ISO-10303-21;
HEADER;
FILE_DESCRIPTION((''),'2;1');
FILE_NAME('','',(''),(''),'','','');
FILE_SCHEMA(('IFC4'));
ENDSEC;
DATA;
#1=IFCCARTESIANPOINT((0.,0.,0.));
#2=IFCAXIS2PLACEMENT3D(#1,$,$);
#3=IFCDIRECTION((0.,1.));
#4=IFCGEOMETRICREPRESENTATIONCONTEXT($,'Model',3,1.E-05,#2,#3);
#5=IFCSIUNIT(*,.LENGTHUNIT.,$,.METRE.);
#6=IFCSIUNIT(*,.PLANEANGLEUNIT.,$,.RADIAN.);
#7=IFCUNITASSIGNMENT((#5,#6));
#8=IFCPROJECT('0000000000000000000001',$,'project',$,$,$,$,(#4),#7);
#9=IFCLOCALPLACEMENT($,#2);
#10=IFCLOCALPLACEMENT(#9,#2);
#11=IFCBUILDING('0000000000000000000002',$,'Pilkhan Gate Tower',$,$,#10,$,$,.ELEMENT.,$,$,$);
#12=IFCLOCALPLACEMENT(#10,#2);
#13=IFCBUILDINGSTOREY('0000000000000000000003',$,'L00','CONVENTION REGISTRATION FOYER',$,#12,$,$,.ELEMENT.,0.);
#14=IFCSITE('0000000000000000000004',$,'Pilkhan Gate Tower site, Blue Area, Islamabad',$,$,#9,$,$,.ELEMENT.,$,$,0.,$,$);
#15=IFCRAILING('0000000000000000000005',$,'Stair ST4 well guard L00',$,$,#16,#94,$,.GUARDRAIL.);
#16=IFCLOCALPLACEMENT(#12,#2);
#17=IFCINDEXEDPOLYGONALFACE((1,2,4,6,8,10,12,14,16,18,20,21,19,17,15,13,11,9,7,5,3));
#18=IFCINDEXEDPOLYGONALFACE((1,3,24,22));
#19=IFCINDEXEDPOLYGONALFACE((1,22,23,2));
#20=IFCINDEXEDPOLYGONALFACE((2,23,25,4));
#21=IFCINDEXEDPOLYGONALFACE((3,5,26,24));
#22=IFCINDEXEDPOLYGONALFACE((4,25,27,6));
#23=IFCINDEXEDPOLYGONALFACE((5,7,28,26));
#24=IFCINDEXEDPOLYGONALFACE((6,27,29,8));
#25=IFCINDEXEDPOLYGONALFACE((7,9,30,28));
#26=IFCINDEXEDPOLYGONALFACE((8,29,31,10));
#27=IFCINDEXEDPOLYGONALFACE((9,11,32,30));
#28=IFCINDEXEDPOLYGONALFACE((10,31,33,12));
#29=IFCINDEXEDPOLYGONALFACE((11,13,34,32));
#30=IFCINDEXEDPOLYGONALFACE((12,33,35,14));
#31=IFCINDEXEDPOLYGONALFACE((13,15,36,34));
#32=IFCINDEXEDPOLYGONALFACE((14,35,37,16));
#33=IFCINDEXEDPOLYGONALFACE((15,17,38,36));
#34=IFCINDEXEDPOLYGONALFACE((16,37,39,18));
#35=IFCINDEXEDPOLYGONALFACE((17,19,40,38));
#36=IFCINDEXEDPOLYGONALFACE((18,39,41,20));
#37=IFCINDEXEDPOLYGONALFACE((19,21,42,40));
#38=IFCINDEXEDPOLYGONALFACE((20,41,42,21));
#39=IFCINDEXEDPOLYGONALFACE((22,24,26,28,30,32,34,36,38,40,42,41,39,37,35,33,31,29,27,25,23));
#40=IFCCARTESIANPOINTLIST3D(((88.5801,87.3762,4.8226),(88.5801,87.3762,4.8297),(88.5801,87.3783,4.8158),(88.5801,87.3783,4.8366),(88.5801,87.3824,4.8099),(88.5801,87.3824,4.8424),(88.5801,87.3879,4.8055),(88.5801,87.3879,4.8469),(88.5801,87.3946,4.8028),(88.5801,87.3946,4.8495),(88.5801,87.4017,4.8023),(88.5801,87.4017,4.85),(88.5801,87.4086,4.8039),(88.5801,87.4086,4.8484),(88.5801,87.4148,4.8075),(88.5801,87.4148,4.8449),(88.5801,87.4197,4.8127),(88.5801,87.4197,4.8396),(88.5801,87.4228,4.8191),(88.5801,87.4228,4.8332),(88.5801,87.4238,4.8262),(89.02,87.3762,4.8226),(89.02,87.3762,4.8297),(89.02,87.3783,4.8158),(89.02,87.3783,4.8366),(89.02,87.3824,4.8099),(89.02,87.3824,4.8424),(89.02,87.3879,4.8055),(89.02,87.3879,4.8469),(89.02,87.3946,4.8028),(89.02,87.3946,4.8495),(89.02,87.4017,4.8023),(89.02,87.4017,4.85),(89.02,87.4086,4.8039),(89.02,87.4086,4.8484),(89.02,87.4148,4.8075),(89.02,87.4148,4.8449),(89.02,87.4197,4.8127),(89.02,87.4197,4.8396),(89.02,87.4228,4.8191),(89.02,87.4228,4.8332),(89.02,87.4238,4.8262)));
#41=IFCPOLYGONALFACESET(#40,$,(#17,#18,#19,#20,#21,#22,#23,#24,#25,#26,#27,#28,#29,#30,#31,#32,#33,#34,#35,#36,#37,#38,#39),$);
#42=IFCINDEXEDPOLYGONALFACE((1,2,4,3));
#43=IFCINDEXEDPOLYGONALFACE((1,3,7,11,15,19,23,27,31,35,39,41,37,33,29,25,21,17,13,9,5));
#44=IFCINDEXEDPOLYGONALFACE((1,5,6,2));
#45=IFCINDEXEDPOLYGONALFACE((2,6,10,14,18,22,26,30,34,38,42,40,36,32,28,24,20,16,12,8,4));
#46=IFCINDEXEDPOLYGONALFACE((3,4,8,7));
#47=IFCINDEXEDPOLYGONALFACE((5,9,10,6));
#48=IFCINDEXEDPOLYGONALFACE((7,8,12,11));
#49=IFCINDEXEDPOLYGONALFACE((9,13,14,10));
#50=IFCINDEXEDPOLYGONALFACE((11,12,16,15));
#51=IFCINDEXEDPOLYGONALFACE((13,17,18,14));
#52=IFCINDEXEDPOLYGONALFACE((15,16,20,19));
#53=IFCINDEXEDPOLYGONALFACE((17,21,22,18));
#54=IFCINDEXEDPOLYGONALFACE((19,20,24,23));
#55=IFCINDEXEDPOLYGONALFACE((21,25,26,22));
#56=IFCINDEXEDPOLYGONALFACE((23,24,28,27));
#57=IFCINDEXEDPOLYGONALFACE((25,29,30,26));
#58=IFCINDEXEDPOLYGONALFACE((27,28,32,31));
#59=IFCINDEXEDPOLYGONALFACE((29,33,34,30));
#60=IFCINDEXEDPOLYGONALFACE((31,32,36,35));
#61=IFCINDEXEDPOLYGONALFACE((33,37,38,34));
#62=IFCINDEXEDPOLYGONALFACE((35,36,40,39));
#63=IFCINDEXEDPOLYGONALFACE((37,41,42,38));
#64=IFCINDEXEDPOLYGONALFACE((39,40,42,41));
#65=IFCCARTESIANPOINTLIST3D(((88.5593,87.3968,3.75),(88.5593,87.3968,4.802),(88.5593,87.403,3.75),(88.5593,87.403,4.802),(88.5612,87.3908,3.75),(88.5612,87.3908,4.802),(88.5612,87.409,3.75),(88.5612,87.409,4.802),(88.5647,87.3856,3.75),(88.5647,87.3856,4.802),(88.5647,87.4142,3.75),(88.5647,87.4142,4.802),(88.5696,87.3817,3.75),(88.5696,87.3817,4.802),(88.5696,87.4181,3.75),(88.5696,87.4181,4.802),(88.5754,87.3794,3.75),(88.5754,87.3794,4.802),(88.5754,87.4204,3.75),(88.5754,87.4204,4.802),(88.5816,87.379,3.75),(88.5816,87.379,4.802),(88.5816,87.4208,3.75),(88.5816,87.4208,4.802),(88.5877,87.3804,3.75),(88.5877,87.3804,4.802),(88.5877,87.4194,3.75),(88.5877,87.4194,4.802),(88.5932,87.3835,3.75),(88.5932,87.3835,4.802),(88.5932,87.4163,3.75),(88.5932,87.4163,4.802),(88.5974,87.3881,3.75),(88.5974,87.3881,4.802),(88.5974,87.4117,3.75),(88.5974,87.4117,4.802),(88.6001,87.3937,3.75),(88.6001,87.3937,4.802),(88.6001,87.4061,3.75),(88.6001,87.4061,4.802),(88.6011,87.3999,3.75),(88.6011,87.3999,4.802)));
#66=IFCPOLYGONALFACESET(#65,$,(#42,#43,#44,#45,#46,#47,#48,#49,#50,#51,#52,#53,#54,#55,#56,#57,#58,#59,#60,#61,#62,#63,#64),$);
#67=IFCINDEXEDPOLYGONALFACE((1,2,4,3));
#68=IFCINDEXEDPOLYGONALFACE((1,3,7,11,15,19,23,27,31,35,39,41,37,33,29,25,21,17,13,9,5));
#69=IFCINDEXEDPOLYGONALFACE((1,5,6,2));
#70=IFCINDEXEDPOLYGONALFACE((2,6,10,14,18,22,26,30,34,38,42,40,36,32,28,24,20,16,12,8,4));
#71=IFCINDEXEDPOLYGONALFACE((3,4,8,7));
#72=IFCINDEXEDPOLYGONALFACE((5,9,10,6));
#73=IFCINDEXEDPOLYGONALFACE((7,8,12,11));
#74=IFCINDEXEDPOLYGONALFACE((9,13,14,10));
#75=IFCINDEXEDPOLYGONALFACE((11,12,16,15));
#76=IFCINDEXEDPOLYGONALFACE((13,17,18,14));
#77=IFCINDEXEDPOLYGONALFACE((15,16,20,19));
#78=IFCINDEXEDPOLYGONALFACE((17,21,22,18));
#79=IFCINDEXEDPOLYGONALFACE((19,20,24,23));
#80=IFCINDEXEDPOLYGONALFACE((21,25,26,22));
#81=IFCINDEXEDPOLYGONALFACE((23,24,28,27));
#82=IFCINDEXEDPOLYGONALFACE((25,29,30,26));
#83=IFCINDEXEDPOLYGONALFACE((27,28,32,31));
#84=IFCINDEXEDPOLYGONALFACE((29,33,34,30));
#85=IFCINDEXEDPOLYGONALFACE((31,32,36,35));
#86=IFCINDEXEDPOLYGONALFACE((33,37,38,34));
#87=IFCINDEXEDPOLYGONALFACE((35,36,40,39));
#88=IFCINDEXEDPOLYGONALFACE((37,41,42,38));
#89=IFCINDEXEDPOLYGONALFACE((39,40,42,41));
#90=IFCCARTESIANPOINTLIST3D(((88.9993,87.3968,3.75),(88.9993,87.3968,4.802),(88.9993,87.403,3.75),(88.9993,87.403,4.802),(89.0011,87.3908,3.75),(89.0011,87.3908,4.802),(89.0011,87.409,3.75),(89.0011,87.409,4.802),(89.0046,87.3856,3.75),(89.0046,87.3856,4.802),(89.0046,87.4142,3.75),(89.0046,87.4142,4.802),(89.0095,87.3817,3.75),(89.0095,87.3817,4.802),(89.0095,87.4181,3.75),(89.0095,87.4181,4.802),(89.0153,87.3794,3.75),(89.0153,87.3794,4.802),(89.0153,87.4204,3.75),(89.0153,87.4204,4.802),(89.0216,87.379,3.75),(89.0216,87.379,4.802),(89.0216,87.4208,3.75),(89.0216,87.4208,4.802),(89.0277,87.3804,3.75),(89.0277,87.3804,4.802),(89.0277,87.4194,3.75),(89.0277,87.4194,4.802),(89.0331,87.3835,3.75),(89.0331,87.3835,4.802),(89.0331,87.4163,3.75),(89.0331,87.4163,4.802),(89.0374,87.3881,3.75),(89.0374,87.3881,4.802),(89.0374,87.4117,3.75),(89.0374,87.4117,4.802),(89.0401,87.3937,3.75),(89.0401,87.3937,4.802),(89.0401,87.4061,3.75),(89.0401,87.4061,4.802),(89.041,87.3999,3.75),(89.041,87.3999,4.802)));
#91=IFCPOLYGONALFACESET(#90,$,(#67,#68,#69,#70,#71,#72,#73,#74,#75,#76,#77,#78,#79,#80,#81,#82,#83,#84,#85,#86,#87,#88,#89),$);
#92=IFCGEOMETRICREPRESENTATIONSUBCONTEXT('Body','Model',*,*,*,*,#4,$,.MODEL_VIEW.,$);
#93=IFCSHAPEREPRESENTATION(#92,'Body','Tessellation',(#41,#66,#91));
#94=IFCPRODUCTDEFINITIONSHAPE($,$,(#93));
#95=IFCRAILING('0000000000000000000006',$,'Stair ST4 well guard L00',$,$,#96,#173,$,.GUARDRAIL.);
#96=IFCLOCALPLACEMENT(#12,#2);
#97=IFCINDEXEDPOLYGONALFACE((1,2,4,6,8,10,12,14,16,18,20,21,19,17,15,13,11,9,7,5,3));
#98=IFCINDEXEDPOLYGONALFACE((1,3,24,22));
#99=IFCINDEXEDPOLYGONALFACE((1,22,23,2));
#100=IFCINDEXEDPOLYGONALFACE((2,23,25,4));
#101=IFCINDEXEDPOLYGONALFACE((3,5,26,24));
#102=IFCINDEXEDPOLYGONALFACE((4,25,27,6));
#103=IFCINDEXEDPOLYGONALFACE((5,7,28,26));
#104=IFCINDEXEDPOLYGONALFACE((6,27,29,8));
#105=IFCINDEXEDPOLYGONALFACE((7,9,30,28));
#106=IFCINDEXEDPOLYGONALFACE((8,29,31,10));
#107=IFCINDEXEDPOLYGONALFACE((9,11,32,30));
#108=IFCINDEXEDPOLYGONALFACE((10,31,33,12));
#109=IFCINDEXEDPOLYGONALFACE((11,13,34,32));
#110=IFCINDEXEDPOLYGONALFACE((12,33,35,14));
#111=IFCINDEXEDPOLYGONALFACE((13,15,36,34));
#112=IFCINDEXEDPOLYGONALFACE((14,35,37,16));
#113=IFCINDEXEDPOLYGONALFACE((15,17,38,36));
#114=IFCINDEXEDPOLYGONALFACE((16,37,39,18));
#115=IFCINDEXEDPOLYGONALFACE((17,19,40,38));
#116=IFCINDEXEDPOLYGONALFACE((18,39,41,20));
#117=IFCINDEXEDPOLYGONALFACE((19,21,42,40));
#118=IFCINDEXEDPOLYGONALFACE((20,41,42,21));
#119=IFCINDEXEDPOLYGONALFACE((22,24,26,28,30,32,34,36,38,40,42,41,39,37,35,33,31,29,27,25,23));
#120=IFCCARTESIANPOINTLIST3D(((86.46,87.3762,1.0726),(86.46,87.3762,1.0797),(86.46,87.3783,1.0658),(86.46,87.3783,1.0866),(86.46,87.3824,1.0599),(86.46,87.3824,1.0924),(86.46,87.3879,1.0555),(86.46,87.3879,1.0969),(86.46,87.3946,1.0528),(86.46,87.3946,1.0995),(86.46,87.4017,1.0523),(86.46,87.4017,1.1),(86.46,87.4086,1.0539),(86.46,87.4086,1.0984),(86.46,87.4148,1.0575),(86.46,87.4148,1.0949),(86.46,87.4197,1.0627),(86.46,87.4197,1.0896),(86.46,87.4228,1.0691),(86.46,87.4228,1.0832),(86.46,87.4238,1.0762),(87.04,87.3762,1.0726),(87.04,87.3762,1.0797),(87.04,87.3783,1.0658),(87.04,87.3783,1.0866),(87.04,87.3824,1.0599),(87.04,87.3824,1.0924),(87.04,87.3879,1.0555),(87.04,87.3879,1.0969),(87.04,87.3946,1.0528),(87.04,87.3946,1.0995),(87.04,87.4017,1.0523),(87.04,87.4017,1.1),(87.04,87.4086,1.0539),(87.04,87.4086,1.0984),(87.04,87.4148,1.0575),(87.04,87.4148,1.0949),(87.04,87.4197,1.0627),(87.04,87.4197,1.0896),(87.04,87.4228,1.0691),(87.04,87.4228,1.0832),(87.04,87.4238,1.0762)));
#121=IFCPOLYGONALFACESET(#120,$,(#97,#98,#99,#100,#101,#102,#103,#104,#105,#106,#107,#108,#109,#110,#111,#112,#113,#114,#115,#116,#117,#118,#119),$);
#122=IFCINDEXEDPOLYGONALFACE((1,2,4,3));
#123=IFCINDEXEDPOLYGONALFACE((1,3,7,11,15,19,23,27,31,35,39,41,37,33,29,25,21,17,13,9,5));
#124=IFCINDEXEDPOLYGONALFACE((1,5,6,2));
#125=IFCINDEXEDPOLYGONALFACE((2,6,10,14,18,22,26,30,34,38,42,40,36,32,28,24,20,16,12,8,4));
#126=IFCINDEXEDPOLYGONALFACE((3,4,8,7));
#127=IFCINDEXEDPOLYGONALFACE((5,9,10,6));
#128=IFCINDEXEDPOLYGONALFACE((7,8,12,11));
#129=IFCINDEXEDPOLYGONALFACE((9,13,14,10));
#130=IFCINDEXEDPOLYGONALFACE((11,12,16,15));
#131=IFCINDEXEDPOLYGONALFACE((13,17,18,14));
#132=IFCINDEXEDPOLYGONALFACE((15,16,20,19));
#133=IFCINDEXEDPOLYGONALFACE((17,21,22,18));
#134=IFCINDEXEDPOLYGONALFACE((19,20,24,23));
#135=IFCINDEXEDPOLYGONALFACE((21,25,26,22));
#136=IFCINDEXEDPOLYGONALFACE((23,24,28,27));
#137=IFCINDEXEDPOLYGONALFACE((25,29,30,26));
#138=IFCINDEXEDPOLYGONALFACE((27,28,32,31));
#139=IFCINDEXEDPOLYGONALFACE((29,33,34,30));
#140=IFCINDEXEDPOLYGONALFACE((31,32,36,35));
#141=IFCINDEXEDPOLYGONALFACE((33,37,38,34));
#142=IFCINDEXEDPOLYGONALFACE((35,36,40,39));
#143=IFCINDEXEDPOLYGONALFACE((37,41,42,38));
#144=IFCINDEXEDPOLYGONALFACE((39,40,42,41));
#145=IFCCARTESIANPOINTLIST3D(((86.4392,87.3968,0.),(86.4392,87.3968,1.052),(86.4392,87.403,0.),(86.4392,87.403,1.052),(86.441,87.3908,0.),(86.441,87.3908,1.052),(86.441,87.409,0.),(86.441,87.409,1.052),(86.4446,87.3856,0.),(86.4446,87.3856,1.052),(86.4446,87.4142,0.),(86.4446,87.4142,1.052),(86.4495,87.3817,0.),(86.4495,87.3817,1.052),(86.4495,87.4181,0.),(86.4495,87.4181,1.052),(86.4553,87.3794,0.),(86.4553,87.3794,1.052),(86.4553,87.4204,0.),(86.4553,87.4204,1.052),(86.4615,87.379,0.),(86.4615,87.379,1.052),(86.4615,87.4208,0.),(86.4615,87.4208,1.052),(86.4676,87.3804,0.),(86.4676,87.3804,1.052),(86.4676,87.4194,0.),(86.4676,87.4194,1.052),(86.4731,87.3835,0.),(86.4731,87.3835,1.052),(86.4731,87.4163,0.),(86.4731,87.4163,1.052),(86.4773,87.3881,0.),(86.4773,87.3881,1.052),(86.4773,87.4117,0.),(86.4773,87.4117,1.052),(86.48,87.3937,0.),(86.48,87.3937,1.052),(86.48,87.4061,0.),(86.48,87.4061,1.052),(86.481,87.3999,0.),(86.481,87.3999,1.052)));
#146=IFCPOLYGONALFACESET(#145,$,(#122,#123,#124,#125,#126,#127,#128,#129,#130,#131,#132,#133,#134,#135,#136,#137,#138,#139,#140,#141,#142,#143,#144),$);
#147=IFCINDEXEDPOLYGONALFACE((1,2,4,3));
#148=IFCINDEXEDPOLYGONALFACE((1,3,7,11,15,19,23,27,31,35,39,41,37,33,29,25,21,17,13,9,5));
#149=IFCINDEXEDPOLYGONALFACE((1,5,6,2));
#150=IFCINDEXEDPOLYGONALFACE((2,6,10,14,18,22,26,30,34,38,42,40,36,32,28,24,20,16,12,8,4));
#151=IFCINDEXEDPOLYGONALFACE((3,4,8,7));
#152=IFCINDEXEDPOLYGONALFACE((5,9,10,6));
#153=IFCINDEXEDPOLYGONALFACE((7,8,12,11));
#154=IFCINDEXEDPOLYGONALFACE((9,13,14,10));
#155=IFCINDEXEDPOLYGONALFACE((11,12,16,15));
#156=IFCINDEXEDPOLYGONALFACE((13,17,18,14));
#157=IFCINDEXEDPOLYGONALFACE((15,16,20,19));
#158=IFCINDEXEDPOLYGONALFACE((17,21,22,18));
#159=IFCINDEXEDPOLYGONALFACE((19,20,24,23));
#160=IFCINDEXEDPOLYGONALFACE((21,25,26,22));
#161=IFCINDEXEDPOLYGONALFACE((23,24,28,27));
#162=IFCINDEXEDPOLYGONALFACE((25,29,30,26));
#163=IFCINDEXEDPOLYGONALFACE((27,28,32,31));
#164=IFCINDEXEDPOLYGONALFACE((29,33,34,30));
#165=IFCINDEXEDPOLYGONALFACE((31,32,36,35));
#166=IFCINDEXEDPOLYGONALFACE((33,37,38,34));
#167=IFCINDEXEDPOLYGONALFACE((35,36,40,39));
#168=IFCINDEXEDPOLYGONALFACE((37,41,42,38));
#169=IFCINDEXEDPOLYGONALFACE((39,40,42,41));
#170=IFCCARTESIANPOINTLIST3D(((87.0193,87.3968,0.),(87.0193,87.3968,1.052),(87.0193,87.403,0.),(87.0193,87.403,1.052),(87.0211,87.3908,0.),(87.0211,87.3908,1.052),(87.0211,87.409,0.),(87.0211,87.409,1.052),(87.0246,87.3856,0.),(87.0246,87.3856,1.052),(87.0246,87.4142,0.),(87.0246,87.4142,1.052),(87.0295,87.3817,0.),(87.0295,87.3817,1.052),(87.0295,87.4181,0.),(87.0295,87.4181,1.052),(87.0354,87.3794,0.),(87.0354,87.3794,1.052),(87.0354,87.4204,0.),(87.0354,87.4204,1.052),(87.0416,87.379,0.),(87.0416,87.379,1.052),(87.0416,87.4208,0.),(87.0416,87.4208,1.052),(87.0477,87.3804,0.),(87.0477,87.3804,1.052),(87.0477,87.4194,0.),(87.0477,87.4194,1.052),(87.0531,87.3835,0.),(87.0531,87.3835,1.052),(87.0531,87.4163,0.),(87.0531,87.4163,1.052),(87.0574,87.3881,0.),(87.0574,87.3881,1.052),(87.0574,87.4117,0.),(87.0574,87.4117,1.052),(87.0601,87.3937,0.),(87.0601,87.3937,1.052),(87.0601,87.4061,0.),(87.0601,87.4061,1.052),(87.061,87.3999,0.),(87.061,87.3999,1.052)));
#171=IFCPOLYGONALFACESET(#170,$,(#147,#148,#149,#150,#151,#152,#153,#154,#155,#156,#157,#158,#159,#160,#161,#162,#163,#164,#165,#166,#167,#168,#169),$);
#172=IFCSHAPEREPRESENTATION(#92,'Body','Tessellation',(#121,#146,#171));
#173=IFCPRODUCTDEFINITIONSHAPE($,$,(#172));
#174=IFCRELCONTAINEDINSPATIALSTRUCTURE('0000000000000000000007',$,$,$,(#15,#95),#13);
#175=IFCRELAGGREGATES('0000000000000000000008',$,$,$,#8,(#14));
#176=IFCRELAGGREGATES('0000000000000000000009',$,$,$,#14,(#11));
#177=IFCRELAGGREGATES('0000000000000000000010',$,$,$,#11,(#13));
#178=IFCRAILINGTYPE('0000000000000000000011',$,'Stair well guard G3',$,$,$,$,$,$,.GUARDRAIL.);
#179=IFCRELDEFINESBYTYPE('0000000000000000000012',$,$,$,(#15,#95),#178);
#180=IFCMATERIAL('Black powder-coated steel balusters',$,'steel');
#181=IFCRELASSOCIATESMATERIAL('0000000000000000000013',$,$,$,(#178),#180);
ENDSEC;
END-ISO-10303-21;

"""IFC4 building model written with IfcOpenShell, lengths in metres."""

from ifc_helpers import new_model, si_unit, direction, frame, origin, origin_2d, place, context, subcontext, project, spatial, circle, extrude, material, type_object, element, save


model = new_model("IFC4")

# Units and contexts
model_context = context("Model", 3, precision=1e-05, world=origin(), true_north=direction((0.0, 1.0)))
body_context = subcontext(model_context, "Body", "Model", "MODEL_VIEW")
ifc_project = project(units=[si_unit("LENGTHUNIT", "METRE"), si_unit("PLANEANGLEUNIT", "RADIAN")], contexts=[model_context])

# Site, building, storey
site_placement = place(None, origin())
site = spatial("IfcSite", under=ifc_project, at=site_placement, Name="Pilkhan Gate Tower site, Blue Area, Islamabad", CompositionType="ELEMENT", RefElevation=0.0)
building_placement = place(site_placement, origin())
building = spatial("IfcBuilding", under=site, at=building_placement, Name="Pilkhan Gate Tower", CompositionType="ELEMENT")
storey_placement = place(building_placement, origin())
storey = spatial("IfcBuildingStorey", under=building, at=storey_placement, Name="L00", Description="CONVENTION REGISTRATION FOYER", CompositionType="ELEMENT", Elevation=0.0)

# Railings
ifc_material_1 = material(Name="Black powder-coated steel balusters", Category="steel")
railing_type_1 = type_object("IfcRailingType", Name="Stair well guard G3", PredefinedType="GUARDRAIL", material=ifc_material_1)
railing_placement = place(storey_placement, frame((88.5801, 87.3999, 3.75)))
element("IfcRailing", 1, at=railing_placement, inside=storey, type_object=railing_type_1, Name="Stair ST4 well guard L00", PredefinedType="GUARDRAIL", context=body_context, shape_type="SweptSolid", body=[
    extrude(circle(Radius=0.0239, at=origin_2d()), frame((0.0, 0.0, 1.0762), z_axis=(1.0, 0.0, 0.0), x_axis=(0.0, 1.0, 0.0)), (0.0, 0.0, 1.0), 0.4399),
    extrude(circle(Radius=0.021, at=origin_2d()), origin(), (0.0, 0.0, 1.0), 1.052),
    extrude(circle(Radius=0.021, at=origin_2d()), frame((0.4399, 0.0, 0.0)), (0.0, 0.0, 1.0), 1.052),
])
for number, where, name in (
    (2, (86.46, 87.3999, 0.0), "Stair ST4 well guard L00"),
):
    element("IfcRailing", number, at=place(storey_placement, frame(where)), inside=storey, type_object=railing_type_1, Name=name, PredefinedType="GUARDRAIL", context=body_context, shape_type="SweptSolid", body=[
        extrude(circle(Radius=0.0239, at=origin_2d()), frame((0.0, 0.0, 1.0762), z_axis=(1.0, 0.0, 0.0), x_axis=(0.0, 1.0, 0.0)), (0.0, 0.0, 1.0), 0.5801),
        extrude(circle(Radius=0.021, at=origin_2d()), origin(), (0.0, 0.0, 1.0), 1.052),
        extrude(circle(Radius=0.021, at=origin_2d()), frame((0.5801, 0.0, 0.0)), (0.0, 0.0, 1.0), 1.052),
    ])

save(model, "model.ifc")
